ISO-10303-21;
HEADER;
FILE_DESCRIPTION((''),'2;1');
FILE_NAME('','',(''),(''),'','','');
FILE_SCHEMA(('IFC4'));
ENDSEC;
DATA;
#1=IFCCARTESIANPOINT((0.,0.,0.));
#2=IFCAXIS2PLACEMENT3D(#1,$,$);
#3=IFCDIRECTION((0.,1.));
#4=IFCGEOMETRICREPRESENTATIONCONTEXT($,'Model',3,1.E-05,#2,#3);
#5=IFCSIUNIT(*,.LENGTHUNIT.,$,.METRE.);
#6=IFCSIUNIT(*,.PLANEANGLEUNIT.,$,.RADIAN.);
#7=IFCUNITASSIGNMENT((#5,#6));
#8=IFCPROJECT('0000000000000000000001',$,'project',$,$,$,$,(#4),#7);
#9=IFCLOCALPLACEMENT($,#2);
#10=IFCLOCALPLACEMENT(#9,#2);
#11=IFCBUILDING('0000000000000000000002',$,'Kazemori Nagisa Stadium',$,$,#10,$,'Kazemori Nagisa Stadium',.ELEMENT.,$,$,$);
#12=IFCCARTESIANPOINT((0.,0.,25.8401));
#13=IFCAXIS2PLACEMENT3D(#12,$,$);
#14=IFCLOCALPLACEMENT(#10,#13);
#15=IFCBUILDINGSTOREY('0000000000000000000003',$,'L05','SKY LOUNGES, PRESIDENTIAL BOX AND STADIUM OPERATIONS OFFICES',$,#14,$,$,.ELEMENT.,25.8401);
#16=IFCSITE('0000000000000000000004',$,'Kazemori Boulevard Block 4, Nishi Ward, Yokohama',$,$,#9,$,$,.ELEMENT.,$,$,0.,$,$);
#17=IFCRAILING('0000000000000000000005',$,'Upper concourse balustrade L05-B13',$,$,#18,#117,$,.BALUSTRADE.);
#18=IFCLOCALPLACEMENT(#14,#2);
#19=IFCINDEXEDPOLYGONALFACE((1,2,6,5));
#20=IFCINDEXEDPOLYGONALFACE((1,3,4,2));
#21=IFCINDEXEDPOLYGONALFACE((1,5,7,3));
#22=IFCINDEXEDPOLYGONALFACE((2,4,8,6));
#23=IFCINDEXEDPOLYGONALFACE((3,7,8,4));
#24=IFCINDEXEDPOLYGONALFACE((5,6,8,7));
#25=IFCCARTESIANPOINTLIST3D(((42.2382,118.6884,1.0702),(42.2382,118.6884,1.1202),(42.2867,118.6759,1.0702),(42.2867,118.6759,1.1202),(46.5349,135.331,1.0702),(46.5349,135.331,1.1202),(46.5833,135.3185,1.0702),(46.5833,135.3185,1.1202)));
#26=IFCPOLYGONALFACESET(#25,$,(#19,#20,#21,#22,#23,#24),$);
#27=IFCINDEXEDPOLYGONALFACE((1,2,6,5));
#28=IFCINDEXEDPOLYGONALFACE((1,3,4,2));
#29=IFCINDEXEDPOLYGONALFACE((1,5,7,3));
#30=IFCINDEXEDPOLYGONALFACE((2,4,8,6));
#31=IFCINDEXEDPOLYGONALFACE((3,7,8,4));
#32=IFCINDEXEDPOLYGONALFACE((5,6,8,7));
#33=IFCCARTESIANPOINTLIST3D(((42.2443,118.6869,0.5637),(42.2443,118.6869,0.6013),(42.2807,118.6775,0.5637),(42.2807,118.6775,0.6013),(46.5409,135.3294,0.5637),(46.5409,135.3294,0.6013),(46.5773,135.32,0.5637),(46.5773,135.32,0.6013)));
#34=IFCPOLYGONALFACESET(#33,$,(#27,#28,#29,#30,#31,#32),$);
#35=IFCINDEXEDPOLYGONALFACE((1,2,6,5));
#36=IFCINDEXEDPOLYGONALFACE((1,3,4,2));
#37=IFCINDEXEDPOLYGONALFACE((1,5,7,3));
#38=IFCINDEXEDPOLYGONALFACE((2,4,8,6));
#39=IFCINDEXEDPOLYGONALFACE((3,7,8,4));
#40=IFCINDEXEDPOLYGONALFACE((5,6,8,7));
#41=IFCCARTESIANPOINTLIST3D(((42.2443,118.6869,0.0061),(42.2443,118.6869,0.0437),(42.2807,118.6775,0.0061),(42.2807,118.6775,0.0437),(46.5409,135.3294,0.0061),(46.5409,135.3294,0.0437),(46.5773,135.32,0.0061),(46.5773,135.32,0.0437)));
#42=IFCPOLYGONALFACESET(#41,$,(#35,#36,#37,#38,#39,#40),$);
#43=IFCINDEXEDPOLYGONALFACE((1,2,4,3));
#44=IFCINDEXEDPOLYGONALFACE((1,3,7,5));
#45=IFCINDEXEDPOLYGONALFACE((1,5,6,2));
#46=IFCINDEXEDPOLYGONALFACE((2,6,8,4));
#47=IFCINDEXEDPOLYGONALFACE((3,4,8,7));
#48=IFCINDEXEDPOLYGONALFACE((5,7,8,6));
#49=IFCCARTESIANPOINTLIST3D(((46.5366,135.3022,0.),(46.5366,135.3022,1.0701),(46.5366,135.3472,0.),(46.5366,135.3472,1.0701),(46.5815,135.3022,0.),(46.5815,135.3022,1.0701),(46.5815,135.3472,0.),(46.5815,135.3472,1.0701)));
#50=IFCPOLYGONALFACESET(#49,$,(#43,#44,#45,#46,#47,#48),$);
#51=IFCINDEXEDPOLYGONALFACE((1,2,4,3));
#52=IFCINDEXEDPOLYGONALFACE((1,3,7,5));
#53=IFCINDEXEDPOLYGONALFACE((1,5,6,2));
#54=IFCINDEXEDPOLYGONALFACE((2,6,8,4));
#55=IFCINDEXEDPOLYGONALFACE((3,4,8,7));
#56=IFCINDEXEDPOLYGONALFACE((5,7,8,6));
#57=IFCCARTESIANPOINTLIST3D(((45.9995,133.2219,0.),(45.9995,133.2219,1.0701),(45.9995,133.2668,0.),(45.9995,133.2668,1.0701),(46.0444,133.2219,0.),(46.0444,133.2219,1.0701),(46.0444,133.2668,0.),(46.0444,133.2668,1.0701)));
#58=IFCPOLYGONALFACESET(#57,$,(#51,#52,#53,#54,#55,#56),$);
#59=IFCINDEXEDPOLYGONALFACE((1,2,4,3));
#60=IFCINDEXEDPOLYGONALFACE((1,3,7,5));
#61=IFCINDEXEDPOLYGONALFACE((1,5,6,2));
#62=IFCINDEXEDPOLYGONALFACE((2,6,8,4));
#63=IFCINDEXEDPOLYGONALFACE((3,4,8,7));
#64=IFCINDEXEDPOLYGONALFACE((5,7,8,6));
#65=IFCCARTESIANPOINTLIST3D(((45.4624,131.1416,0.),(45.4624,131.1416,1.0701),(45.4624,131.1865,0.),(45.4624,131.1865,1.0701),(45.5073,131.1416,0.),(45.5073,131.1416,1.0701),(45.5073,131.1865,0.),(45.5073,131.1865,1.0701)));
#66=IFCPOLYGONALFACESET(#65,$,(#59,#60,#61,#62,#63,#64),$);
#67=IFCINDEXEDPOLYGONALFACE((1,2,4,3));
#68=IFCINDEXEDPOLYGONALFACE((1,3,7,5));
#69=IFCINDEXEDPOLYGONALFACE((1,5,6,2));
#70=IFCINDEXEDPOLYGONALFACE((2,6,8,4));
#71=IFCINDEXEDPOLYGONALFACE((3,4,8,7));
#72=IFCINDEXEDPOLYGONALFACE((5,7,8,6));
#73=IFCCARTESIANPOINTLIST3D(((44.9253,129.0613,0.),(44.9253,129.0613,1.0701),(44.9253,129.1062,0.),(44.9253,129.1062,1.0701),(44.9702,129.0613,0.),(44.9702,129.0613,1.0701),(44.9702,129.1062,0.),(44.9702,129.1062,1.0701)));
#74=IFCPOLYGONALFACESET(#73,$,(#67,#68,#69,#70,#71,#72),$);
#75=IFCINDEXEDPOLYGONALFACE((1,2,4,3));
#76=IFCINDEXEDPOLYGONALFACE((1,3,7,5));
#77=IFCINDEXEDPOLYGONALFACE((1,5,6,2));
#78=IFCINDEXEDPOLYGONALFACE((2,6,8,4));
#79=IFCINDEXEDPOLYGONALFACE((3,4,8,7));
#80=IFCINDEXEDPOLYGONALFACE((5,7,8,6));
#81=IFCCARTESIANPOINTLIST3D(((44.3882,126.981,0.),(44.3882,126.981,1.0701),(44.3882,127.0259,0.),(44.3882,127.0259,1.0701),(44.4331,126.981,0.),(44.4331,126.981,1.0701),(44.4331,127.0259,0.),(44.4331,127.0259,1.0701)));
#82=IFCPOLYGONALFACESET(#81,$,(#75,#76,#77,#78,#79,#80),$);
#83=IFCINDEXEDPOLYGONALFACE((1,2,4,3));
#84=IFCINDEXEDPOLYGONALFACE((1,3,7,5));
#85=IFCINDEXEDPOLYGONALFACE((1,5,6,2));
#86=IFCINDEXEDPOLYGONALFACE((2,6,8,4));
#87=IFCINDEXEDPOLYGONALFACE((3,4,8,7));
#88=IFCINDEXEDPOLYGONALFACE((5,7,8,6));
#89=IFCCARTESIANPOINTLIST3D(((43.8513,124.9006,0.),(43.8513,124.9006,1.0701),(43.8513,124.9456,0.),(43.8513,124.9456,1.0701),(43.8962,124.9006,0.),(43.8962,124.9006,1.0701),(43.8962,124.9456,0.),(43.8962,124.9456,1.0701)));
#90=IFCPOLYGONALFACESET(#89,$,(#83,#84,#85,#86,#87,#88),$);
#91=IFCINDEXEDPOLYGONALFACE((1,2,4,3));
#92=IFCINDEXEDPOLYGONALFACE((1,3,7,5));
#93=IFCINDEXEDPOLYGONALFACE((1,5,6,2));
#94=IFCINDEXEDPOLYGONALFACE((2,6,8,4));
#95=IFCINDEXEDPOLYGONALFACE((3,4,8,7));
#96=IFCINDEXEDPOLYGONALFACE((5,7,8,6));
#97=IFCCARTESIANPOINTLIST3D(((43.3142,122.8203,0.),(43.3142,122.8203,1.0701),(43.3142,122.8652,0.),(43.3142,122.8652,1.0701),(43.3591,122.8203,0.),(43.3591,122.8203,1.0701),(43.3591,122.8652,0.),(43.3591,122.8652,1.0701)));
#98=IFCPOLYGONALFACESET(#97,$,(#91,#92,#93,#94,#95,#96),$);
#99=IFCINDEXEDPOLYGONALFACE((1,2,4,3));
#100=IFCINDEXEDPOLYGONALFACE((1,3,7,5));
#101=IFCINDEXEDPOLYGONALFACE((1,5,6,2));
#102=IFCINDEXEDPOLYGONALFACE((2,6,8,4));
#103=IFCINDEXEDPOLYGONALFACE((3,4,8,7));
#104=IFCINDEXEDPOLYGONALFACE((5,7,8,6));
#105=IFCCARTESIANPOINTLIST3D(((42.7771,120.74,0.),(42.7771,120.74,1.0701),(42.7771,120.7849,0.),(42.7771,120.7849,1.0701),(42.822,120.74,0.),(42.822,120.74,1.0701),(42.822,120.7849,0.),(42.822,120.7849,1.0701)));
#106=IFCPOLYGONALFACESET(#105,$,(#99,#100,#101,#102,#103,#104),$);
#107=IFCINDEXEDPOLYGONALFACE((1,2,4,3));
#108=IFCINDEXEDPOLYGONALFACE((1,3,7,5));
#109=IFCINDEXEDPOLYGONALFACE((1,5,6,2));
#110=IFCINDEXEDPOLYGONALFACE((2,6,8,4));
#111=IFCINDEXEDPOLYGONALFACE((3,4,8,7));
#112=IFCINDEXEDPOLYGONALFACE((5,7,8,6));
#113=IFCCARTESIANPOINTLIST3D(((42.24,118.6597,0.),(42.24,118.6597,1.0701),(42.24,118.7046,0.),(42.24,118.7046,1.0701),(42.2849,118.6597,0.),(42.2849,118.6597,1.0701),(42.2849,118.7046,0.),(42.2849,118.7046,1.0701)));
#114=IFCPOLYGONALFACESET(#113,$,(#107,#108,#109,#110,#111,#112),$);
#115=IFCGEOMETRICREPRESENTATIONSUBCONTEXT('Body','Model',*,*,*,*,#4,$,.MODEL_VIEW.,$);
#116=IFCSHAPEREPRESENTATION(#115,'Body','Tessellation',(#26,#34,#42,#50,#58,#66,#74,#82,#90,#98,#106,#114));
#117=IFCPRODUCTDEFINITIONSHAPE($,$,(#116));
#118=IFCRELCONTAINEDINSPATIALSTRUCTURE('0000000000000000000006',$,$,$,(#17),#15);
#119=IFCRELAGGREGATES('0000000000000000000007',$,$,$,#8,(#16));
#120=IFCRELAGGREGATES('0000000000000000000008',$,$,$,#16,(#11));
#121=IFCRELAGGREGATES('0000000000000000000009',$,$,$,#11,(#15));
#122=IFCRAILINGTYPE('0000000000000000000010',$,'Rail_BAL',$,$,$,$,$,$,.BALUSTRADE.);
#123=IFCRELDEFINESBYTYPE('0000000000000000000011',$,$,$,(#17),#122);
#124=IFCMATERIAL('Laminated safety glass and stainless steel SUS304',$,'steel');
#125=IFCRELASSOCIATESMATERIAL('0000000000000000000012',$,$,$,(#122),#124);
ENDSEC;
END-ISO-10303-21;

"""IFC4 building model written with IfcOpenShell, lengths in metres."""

from ifc_helpers import new_model, si_unit, direction, frame, origin, origin_2d, place, context, subcontext, project, spatial, rectangle, extrude, material, type_object, element, save


model = new_model("IFC4")

# Units and contexts
model_context = context("Model", 3, precision=1e-05, world=origin(), true_north=direction((0.0, 1.0)))
body_context = subcontext(model_context, "Body", "Model", "MODEL_VIEW")
ifc_project = project(units=[si_unit("LENGTHUNIT", "METRE"), si_unit("PLANEANGLEUNIT", "RADIAN")], contexts=[model_context])

# Site, building, storey
site_placement = place(None, origin())
site = spatial("IfcSite", under=ifc_project, at=site_placement, Name="Kazemori Boulevard Block 4, Nishi Ward, Yokohama", CompositionType="ELEMENT", RefElevation=0.0)
building_placement = place(site_placement, origin())
building = spatial("IfcBuilding", under=site, at=building_placement, Name="Kazemori Nagisa Stadium", LongName="Kazemori Nagisa Stadium", CompositionType="ELEMENT")
storey_placement = place(building_placement, frame((0.0, 0.0, 25.8401)))
storey = spatial("IfcBuildingStorey", under=building, at=storey_placement, Name="L05", Description="SKY LOUNGES, PRESIDENTIAL BOX AND STADIUM OPERATIONS OFFICES", CompositionType="ELEMENT", Elevation=25.8401)

# Railing
ifc_material_1 = material(Name="Laminated safety glass and stainless steel SUS304", Category="steel")
railing_type = type_object("IfcRailingType", Name="Rail_BAL", PredefinedType="BALUSTRADE", material=ifc_material_1)
railing_placement = place(storey_placement, frame((46.5591, 135.3247, 0.0)))
element("IfcRailing", 1, at=railing_placement, inside=storey, type_object=railing_type, Name="Upper concourse balustrade L05-B13", PredefinedType="BALUSTRADE", context=body_context, shape_type="SweptSolid", body=[
    extrude(rectangle(XDim=0.05, YDim=0.05, at=origin_2d()), frame((0.0, 0.0, 1.0952), z_axis=(-0.249975, -0.968252, 0.0), x_axis=(0.968252, -0.249975, 0.0)), (0.0, 0.0, 1.0), 17.1882),
    extrude(rectangle(XDim=0.0376, YDim=0.0376, at=origin_2d()), frame((0.0, 0.0, 0.5825), z_axis=(-0.249975, -0.968252, 0.0), x_axis=(0.968252, -0.249975, 0.0)), (0.0, 0.0, 1.0), 17.1882),
    extrude(rectangle(XDim=0.0376, YDim=0.0376, at=origin_2d()), frame((0.0, 0.0, 0.0249), z_axis=(-0.249975, -0.968252, 0.0), x_axis=(0.968252, -0.249975, 0.0)), (0.0, 0.0, 1.0), 17.1882),
    extrude(rectangle(XDim=0.0449, YDim=0.0449, at=origin_2d()), origin(), (0.0, 0.0, 1.0), 1.0701),
    extrude(rectangle(XDim=0.0449, YDim=0.0449, at=origin_2d()), frame((-0.5371, -2.0803, 0.0)), (0.0, 0.0, 1.0), 1.0701),
    extrude(rectangle(XDim=0.0449, YDim=0.0449, at=origin_2d()), frame((-1.0742, -4.1606, 0.0)), (0.0, 0.0, 1.0), 1.0701),
    extrude(rectangle(XDim=0.0449, YDim=0.0449, at=origin_2d()), frame((-1.6113, -6.241, 0.0)), (0.0, 0.0, 1.0), 1.0701),
    extrude(rectangle(XDim=0.0449, YDim=0.0449, at=origin_2d()), frame((-2.1484, -8.3213, 0.0)), (0.0, 0.0, 1.0), 1.0701),
    extrude(rectangle(XDim=0.0449, YDim=0.0449, at=origin_2d()), frame((-2.6853, -10.4016, 0.0)), (0.0, 0.0, 1.0), 1.0701),
    extrude(rectangle(XDim=0.0449, YDim=0.0449, at=origin_2d()), frame((-3.2224, -12.4819, 0.0)), (0.0, 0.0, 1.0), 1.0701),
    extrude(rectangle(XDim=0.0449, YDim=0.0449, at=origin_2d()), frame((-3.7595, -14.5623, 0.0)), (0.0, 0.0, 1.0), 1.0701),
    extrude(rectangle(XDim=0.0449, YDim=0.0449, at=origin_2d()), frame((-4.2966, -16.6426, 0.0)), (0.0, 0.0, 1.0), 1.0701),
])

save(model, "model.ifc")
